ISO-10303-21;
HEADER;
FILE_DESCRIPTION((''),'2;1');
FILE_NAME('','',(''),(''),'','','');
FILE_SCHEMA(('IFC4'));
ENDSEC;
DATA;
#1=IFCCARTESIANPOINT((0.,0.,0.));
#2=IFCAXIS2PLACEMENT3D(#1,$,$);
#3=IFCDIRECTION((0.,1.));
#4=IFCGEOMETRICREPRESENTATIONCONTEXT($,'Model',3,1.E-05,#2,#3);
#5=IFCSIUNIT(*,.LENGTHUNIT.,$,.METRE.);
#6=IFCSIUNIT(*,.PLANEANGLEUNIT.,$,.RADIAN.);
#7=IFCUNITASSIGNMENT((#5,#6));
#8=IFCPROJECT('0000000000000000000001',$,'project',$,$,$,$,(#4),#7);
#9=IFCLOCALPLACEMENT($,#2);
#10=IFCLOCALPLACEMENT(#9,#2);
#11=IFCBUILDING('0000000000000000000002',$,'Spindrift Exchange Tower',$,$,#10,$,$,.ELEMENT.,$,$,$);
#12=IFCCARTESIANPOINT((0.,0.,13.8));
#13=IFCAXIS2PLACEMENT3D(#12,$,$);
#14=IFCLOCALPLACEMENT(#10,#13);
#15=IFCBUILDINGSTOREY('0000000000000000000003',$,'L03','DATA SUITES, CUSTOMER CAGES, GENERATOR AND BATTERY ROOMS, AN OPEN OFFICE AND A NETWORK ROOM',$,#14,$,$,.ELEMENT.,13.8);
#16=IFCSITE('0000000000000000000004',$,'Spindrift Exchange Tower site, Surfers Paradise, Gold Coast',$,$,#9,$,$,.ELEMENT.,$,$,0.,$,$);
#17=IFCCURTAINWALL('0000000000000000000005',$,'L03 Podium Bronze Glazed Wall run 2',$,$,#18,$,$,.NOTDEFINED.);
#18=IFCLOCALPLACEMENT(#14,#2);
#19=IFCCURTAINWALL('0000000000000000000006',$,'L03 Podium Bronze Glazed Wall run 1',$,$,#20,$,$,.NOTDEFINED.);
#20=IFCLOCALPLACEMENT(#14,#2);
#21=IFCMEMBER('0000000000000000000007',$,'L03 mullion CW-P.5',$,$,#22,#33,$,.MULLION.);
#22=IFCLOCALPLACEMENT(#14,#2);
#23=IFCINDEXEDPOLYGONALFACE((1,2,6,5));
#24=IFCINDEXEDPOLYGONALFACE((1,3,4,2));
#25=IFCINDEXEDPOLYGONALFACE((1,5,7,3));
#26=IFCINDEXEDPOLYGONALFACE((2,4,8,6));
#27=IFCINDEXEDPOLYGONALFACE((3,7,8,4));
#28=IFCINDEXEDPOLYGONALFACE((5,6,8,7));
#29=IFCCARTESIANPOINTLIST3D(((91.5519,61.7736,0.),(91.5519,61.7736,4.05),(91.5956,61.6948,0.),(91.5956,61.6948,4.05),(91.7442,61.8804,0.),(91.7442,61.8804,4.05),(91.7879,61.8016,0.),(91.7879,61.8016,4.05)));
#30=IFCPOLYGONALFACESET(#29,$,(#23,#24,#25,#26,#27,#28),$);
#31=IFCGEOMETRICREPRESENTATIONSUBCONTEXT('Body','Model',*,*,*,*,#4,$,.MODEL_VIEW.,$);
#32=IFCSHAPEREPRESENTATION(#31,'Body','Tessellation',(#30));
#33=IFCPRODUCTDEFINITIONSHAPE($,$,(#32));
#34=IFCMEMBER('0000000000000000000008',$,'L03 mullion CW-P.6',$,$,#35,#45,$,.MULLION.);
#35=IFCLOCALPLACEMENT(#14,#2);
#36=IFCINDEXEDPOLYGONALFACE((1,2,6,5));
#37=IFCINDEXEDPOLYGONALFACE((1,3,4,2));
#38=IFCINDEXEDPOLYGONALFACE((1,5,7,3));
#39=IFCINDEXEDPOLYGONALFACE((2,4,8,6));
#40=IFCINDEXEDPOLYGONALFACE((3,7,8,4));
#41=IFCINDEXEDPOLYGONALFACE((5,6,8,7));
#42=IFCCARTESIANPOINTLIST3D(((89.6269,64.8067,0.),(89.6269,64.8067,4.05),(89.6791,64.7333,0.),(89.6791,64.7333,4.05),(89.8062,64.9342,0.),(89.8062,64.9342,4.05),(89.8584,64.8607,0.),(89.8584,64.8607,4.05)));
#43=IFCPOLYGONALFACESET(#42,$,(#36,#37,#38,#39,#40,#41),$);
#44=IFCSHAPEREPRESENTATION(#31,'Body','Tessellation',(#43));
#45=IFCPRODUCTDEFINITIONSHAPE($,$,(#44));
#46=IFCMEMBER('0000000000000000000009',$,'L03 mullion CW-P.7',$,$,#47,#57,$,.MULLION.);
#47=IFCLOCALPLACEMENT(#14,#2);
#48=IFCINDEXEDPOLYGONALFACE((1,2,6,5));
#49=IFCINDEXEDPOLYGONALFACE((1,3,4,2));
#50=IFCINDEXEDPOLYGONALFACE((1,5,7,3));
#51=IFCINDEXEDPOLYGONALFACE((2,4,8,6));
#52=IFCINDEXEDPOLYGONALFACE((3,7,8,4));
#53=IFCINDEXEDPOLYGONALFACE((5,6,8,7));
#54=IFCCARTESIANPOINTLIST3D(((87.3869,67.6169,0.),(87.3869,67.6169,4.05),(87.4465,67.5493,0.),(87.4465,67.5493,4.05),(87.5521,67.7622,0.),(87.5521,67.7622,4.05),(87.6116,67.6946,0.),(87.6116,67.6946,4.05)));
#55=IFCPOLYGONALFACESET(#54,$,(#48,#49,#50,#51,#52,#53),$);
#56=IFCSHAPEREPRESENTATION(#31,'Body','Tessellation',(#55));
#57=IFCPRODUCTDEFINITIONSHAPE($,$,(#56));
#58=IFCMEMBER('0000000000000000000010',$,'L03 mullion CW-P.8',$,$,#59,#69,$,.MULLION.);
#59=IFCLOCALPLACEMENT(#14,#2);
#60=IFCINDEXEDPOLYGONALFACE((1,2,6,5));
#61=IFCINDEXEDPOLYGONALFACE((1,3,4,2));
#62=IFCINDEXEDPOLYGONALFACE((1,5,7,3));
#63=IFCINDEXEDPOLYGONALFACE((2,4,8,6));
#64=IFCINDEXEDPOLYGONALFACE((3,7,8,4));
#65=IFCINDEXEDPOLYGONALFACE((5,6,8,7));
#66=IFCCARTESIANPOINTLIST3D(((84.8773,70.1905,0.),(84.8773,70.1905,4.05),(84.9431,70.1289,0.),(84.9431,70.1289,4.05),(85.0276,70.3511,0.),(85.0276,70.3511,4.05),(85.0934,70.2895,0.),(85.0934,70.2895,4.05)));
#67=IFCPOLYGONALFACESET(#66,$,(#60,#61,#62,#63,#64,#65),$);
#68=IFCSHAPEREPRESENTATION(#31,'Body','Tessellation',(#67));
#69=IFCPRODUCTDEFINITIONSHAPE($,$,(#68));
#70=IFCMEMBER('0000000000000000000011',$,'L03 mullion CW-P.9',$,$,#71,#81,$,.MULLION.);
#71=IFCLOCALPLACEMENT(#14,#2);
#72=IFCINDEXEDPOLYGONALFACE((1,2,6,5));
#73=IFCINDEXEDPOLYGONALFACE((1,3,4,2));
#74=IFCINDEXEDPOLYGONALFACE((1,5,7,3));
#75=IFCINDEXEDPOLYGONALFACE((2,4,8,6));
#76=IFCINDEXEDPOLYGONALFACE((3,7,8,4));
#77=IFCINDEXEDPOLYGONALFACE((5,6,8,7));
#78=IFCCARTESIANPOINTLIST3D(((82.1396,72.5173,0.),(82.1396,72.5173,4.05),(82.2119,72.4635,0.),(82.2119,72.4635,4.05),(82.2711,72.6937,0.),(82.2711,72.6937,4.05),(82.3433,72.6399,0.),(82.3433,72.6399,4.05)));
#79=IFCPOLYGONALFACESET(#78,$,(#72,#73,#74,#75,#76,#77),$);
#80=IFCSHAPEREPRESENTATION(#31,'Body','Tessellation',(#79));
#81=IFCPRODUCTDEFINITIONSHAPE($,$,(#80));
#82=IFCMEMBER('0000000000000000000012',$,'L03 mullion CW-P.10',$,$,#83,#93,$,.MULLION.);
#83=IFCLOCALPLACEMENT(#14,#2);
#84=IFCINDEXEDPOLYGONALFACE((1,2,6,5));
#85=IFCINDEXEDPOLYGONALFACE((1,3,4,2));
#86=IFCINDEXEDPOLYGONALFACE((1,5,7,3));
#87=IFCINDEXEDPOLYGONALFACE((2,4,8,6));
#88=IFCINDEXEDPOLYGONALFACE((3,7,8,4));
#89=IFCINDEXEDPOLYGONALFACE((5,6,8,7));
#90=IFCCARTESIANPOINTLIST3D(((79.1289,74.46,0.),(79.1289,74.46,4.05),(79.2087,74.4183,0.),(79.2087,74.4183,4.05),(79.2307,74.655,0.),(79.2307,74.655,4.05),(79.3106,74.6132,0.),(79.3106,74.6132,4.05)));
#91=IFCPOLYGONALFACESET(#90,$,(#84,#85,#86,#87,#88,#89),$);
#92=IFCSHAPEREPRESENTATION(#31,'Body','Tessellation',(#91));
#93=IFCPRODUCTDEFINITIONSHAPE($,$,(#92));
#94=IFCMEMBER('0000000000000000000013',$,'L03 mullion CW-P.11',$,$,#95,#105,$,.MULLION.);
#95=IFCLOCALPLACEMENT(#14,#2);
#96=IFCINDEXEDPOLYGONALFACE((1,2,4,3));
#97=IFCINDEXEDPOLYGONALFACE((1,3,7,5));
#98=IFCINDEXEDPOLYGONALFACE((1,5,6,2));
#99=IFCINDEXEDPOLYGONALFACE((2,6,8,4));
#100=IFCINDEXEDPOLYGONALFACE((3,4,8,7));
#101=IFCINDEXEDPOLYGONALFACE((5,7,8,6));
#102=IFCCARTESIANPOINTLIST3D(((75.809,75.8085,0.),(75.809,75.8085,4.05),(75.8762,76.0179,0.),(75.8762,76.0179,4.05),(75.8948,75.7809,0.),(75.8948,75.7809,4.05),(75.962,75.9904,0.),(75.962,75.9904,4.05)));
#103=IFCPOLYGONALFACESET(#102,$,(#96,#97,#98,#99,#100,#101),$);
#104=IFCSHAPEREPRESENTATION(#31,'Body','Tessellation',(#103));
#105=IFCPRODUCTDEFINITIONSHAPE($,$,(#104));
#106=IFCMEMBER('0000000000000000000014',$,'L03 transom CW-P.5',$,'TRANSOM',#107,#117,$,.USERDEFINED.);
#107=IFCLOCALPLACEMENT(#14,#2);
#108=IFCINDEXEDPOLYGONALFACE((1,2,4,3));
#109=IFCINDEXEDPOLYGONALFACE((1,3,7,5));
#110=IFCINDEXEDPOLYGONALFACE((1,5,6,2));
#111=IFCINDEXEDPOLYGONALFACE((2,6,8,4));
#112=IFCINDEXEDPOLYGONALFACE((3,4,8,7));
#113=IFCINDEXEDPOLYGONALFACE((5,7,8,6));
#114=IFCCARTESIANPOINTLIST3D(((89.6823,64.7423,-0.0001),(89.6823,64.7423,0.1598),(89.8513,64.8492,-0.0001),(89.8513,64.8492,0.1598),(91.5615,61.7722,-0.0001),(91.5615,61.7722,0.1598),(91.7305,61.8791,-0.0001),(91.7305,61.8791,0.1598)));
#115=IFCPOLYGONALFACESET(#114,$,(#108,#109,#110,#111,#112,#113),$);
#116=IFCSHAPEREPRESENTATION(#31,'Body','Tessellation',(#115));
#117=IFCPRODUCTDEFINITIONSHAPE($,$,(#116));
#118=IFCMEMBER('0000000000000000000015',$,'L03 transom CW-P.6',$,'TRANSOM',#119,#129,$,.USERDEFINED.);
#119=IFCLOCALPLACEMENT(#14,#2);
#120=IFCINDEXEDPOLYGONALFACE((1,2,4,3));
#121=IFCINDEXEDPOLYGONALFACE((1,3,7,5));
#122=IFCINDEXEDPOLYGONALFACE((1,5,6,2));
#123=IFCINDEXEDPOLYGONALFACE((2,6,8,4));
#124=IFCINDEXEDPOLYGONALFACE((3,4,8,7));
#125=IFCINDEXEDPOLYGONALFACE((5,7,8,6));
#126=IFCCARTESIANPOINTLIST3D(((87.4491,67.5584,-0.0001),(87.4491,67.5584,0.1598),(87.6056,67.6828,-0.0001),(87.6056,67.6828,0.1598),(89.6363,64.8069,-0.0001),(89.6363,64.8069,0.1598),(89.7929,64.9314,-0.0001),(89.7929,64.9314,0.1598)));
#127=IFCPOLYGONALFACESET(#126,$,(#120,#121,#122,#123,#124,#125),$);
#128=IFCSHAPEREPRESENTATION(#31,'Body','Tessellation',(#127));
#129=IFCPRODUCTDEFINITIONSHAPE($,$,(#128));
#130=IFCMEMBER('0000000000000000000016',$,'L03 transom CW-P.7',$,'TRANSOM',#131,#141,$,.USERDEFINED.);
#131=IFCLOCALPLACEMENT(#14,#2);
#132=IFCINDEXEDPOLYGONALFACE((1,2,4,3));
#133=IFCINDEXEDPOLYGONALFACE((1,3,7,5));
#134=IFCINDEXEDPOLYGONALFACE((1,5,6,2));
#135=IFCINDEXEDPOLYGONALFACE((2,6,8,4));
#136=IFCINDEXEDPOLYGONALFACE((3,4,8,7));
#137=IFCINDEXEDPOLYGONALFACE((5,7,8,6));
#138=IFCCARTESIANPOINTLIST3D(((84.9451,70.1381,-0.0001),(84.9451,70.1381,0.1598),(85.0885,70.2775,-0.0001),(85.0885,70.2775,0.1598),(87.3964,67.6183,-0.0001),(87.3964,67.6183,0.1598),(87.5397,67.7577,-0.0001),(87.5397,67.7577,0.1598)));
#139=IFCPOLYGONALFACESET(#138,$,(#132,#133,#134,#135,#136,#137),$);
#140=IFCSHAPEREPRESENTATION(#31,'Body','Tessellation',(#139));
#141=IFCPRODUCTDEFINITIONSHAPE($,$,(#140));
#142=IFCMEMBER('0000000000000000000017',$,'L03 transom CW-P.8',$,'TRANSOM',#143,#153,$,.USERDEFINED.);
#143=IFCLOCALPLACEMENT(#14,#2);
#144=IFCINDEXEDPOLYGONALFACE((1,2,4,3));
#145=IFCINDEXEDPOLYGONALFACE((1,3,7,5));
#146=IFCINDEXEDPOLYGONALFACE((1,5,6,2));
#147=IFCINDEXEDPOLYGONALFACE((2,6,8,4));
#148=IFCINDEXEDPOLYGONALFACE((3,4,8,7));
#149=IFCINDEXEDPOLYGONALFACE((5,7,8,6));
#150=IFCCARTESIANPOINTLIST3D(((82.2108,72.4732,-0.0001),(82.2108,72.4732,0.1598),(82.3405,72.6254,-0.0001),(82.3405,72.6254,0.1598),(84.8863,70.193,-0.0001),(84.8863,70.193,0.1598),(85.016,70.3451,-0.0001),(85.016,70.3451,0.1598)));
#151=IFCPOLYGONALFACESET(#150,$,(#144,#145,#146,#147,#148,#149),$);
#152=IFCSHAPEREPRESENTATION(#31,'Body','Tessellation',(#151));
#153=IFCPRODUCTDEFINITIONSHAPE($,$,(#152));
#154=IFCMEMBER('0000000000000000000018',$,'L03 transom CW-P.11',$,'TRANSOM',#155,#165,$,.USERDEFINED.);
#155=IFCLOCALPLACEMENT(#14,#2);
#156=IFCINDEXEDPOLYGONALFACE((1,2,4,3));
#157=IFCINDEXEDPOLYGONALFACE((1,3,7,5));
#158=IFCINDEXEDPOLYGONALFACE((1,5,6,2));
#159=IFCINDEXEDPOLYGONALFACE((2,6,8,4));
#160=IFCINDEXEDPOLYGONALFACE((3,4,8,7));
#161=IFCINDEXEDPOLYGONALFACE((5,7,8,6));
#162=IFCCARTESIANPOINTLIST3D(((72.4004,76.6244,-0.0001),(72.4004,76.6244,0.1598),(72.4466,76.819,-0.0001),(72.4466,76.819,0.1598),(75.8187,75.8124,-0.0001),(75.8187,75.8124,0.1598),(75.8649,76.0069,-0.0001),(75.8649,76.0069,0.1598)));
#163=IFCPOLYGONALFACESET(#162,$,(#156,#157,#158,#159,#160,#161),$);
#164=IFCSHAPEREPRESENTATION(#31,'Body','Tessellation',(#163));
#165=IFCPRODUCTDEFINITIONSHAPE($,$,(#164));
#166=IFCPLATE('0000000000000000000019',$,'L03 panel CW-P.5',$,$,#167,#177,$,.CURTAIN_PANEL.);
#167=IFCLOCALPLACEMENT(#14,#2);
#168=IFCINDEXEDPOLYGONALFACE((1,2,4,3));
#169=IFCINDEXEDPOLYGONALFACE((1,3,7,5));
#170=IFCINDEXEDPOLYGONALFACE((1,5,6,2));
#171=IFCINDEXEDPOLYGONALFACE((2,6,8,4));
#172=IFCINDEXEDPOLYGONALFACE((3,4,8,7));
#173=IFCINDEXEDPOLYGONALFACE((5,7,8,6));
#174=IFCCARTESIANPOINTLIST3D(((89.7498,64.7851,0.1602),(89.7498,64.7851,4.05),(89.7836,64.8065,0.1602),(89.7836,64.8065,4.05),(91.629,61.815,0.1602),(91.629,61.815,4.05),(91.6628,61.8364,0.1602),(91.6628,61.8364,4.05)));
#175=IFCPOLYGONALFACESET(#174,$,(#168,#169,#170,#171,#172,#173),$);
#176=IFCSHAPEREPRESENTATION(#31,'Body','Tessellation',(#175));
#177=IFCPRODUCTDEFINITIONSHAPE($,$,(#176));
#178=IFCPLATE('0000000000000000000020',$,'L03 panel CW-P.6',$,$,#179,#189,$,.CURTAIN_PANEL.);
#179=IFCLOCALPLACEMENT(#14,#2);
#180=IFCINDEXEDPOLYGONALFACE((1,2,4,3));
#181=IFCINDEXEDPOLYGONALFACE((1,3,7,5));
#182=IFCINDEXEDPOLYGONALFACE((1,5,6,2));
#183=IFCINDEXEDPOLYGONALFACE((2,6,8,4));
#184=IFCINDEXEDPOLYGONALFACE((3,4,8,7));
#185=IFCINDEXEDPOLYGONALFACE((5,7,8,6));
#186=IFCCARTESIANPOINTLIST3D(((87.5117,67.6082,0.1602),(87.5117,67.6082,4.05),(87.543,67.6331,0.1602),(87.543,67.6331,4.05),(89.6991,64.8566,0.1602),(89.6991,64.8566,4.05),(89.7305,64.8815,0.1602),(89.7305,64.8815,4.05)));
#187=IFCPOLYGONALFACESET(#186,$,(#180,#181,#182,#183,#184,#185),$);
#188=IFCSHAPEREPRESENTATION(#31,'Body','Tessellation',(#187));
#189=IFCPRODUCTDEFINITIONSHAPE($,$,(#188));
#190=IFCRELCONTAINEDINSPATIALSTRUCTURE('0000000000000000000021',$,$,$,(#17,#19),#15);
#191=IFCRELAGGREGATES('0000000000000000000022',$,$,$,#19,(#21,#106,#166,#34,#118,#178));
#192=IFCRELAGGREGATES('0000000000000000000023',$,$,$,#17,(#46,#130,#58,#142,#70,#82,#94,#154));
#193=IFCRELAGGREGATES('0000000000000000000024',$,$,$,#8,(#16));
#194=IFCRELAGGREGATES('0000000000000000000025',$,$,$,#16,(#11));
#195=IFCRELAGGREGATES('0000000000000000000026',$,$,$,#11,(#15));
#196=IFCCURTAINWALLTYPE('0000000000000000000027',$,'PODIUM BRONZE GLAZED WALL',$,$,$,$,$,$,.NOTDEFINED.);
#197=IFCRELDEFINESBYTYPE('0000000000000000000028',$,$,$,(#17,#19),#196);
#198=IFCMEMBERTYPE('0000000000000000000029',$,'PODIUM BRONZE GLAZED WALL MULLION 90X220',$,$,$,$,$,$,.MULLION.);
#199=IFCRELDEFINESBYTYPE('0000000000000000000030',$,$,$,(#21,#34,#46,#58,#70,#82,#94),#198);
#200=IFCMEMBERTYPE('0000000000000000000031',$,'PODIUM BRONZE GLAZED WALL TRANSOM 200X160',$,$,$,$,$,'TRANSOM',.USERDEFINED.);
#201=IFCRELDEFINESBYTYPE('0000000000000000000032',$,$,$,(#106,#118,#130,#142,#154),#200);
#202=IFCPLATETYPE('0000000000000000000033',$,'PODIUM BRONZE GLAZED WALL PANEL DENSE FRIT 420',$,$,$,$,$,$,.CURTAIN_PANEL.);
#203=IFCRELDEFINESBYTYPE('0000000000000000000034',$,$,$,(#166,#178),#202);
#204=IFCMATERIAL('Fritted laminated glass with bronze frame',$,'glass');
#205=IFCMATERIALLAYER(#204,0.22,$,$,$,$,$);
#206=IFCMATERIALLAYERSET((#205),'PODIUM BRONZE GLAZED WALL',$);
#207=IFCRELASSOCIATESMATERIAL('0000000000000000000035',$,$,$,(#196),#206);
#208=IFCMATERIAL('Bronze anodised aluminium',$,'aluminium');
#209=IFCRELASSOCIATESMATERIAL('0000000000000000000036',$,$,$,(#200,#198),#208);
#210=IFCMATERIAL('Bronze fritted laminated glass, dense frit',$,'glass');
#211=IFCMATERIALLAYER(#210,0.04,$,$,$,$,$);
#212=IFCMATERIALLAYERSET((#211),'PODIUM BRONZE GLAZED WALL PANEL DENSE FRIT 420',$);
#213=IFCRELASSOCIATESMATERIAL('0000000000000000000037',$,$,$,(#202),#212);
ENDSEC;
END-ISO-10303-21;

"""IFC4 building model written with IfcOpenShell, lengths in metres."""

from ifc_helpers import new_model, si_unit, direction, frame, origin, origin_2d, place, context, subcontext, project, spatial, rectangle, extrude, source, transform, mapped, material, layer, layer_set, material_profile, profile_set, type_object, element, aggregate, save


model = new_model("IFC4")

# Units and contexts
model_context = context("Model", 3, precision=1e-05, world=origin(), true_north=direction((0.0, 1.0)))
body_context = subcontext(model_context, "Body", "Model", "MODEL_VIEW")
ifc_project = project(units=[si_unit("LENGTHUNIT", "METRE"), si_unit("PLANEANGLEUNIT", "RADIAN")], contexts=[model_context])

# Site, building, storey
site_placement = place(None, origin())
site = spatial("IfcSite", under=ifc_project, at=site_placement, Name="Spindrift Exchange Tower site, Surfers Paradise, Gold Coast", CompositionType="ELEMENT", RefElevation=0.0)
building_placement = place(site_placement, origin())
building = spatial("IfcBuilding", under=site, at=building_placement, Name="Spindrift Exchange Tower", CompositionType="ELEMENT")
storey_placement = place(building_placement, frame((0.0, 0.0, 13.8)))
storey = spatial("IfcBuildingStorey", under=building, at=storey_placement, Name="L03", Description="DATA SUITES, CUSTOMER CAGES, GENERATOR AND BATTERY ROOMS, AN OPEN OFFICE AND A NETWORK ROOM", CompositionType="ELEMENT", Elevation=13.8)

# Curtain walls, members
ifc_material_1 = material(Name="Fritted laminated glass with bronze frame", Category="glass")
ifc_layer_1 = layer(ifc_material_1, 0.22)
ifc_layer_set_1 = layer_set([ifc_layer_1], Name="PODIUM BRONZE GLAZED WALL")
curtain_wall_type = type_object("IfcCurtainWallType", Name="PODIUM BRONZE GLAZED WALL", PredefinedType="NOTDEFINED", material=ifc_layer_set_1)
curtain_wall_1_placement = place(storey_placement, origin())
curtain_wall_1 = element("IfcCurtainWall", 1, at=curtain_wall_1_placement, inside=storey, type_object=curtain_wall_type, Name="L03 Podium Bronze Glazed Wall run 2", PredefinedType="NOTDEFINED")
ifc_material_2 = material(Name="Bronze anodised aluminium", Category="aluminium")
ifc_material_profile_1 = material_profile(ifc_material_2, rectangle(XDim=0.2, YDim=0.1599, at=origin_2d()), Name="PODIUM BRONZE GLAZED WALL TRANSOM 200X160")
ifc_profile_set_1 = profile_set([ifc_material_profile_1], Name="Bronze anodised aluminium")
member_type_1 = type_object("IfcMemberType", Name="PODIUM BRONZE GLAZED WALL TRANSOM 200X160", ElementType="TRANSOM", PredefinedType="USERDEFINED", material=ifc_profile_set_1)
curtain_wall_2_placement = place(storey_placement, origin())
curtain_wall_2 = element("IfcCurtainWall", 2, at=curtain_wall_2_placement, inside=storey, type_object=curtain_wall_type, Name="L03 Podium Bronze Glazed Wall run 1", PredefinedType="NOTDEFINED")
ifc_material_profile_2 = material_profile(ifc_material_2, rectangle(XDim=0.0901, YDim=0.22, at=origin_2d()), Name="PODIUM BRONZE GLAZED WALL MULLION 90X220")
ifc_profile_set_2 = profile_set([ifc_material_profile_2], Name="Bronze anodised aluminium")
member_type_2 = type_object("IfcMemberType", Name="PODIUM BRONZE GLAZED WALL MULLION 90X220", PredefinedType="MULLION", material=ifc_profile_set_2)
shared_shape_1 = source(origin(), body_context, "Body", "SweptSolid", [
    extrude(rectangle(XDim=0.0901, YDim=0.22, at=origin_2d()), origin(), (0.0, 0.0, 1.0), 4.05),
])
member_1_placement = place(storey_placement, frame((91.6699, 61.7876, 0.0), z_axis=(0.0, 0.0, 1.0), x_axis=(-0.485263, 0.874368, 0.0)))
member_1 = element("IfcMember", 3, at=member_1_placement, type_object=member_type_2, Name="L03 mullion CW-P.5", PredefinedType="MULLION", context=body_context, shape_type="MappedRepresentation", body=[
    mapped(shared_shape_1, transform((0.0, 0.0, 0.0), scale=1.0)),
])
member_2_placement = place(storey_placement, frame((89.7427, 64.8337, 0.0), z_axis=(0.0, 0.0, 1.0), x_axis=(-0.579315, 0.815104, 0.0)))
member_2 = element("IfcMember", 4, at=member_2_placement, type_object=member_type_2, Name="L03 mullion CW-P.6", PredefinedType="MULLION", context=body_context, shape_type="MappedRepresentation", body=[
    mapped(shared_shape_1, transform((0.0, 0.0, 0.0), scale=1.0)),
])

# Members
member_3_placement = place(storey_placement, frame((87.4993, 67.6558, 0.0), z_axis=(0.0, 0.0, 1.0), x_axis=(-0.660622, 0.750719, 0.0)))
member_3 = element("IfcMember", 5, at=member_3_placement, type_object=member_type_2, Name="L03 mullion CW-P.7", PredefinedType="MULLION", context=body_context, shape_type="MappedRepresentation", body=[
    mapped(shared_shape_1, transform((0.0, 0.0, 0.0), scale=1.0)),
])
member_4_placement = place(storey_placement, frame((84.9854, 70.24, 0.0), z_axis=(0.0, 0.0, 1.0), x_axis=(-0.729992, 0.683456, 0.0)))
member_4 = element("IfcMember", 6, at=member_4_placement, type_object=member_type_2, Name="L03 mullion CW-P.8", PredefinedType="MULLION", context=body_context, shape_type="MappedRepresentation", body=[
    mapped(shared_shape_1, transform((0.0, 0.0, 0.0), scale=1.0)),
])
member_5_placement = place(storey_placement, frame((82.2415, 72.5786, 0.0), z_axis=(0.0, 0.0, 1.0), x_axis=(-0.801869, 0.597499, 0.0)))
member_5 = element("IfcMember", 7, at=member_5_placement, type_object=member_type_2, Name="L03 mullion CW-P.9", PredefinedType="MULLION", context=body_context, shape_type="MappedRepresentation", body=[
    mapped(shared_shape_1, transform((0.0, 0.0, 0.0), scale=1.0)),
])
member_6_placement = place(storey_placement, frame((79.2197, 74.5366, 0.0), z_axis=(0.0, 0.0, 1.0), x_axis=(-0.886307, 0.463099, 0.0)))
member_6 = element("IfcMember", 8, at=member_6_placement, type_object=member_type_2, Name="L03 mullion CW-P.10", PredefinedType="MULLION", context=body_context, shape_type="MappedRepresentation", body=[
    mapped(shared_shape_1, transform((0.0, 0.0, 0.0), scale=1.0)),
])
member_7_placement = place(storey_placement, frame((75.8855, 75.8994, 0.0), z_axis=(0.0, 0.0, 1.0), x_axis=(-0.952148, 0.305638, 0.0)))
member_7 = element("IfcMember", 9, at=member_7_placement, type_object=member_type_2, Name="L03 mullion CW-P.11", PredefinedType="MULLION", context=body_context, shape_type="MappedRepresentation", body=[
    mapped(shared_shape_1, transform((0.0, 0.0, 0.0), scale=1.0)),
])
shared_shape_2 = source(origin(), body_context, "Body", "SweptSolid", [
    extrude(rectangle(XDim=0.2, YDim=0.1599, at=origin_2d()), origin(), (0.0, 0.0, 1.0), 3.5146),
])
member_8_placement = place(storey_placement, frame((91.646, 61.8257, 0.0798), z_axis=(-0.53468, 0.845054, 0.0), x_axis=(-0.845054, -0.53468, 0.0)))
member_8 = element("IfcMember", 10, at=member_8_placement, type_object=member_type_1, Name="L03 transom CW-P.5", ObjectType="TRANSOM", PredefinedType="USERDEFINED", context=body_context, shape_type="MappedRepresentation", body=[
    mapped(shared_shape_2, transform((0.0, 0.0, 0.0), scale=1.0)),
])
shared_shape_3 = source(origin(), body_context, "Body", "SweptSolid", [
    extrude(rectangle(XDim=0.2, YDim=0.1599, at=origin_2d()), origin(), (0.0, 0.0, 1.0), 3.5149),
])
member_9_placement = place(storey_placement, frame((89.7146, 64.8691, 0.0798), z_axis=(-0.622278, 0.782796, 0.0), x_axis=(-0.782796, -0.622278, 0.0)))
member_9 = element("IfcMember", 11, at=member_9_placement, type_object=member_type_1, Name="L03 transom CW-P.6", ObjectType="TRANSOM", PredefinedType="USERDEFINED", context=body_context, shape_type="MappedRepresentation", body=[
    mapped(shared_shape_3, transform((0.0, 0.0, 0.0), scale=1.0)),
])
shared_shape_4 = source(origin(), body_context, "Body", "SweptSolid", [
    extrude(rectangle(XDim=0.2, YDim=0.1599, at=origin_2d()), origin(), (0.0, 0.0, 1.0), 3.5154),
])
member_10_placement = place(storey_placement, frame((87.468, 67.688, 0.0798), z_axis=(-0.697282, 0.716797, 0.0), x_axis=(-0.716797, -0.697282, 0.0)))
member_10 = element("IfcMember", 12, at=member_10_placement, type_object=member_type_1, Name="L03 transom CW-P.7", ObjectType="TRANSOM", PredefinedType="USERDEFINED", context=body_context, shape_type="MappedRepresentation", body=[
    mapped(shared_shape_4, transform((0.0, 0.0, 0.0), scale=1.0)),
])
member_11_placement = place(storey_placement, frame((84.9512, 70.269, 0.0798), z_axis=(-0.761087, 0.64865, 0.0), x_axis=(-0.64865, -0.761087, 0.0)))
member_11 = element("IfcMember", 13, at=member_11_placement, type_object=member_type_1, Name="L03 transom CW-P.8", ObjectType="TRANSOM", PredefinedType="USERDEFINED", context=body_context, shape_type="MappedRepresentation", body=[
    mapped(shared_shape_4, transform((0.0, 0.0, 0.0), scale=1.0)),
])
shared_shape_5 = source(origin(), body_context, "Body", "SweptSolid", [
    extrude(rectangle(XDim=0.2, YDim=0.1599, at=origin_2d()), origin(), (0.0, 0.0, 1.0), 3.5134),
])
member_12_placement = place(storey_placement, frame((75.8418, 75.9097, 0.0798), z_axis=(-0.972925, 0.231123, 0.0), x_axis=(-0.231123, -0.972925, 0.0)))
member_12 = element("IfcMember", 14, at=member_12_placement, type_object=member_type_1, Name="L03 transom CW-P.11", ObjectType="TRANSOM", PredefinedType="USERDEFINED", context=body_context, shape_type="MappedRepresentation", body=[
    mapped(shared_shape_5, transform((0.0, 0.0, 0.0), scale=1.0)),
])

# Plates
ifc_material_3 = material(Name="Bronze fritted laminated glass, dense frit", Category="glass")
ifc_layer_2 = layer(ifc_material_3, 0.04)
ifc_layer_set_2 = layer_set([ifc_layer_2], Name="PODIUM BRONZE GLAZED WALL PANEL DENSE FRIT 420")
plate_type_1 = type_object("IfcPlateType", Name="PODIUM BRONZE GLAZED WALL PANEL DENSE FRIT 420", PredefinedType="CURTAIN_PANEL", material=ifc_layer_set_2)
shared_shape_6 = source(origin(), body_context, "Body", "SweptSolid", [
    extrude(rectangle(XDim=3.5146, YDim=0.04, at=origin_2d()), origin(), (0.0, 0.0, 1.0), 3.8899),
])
plate_1_placement = place(storey_placement, frame((90.7063, 63.3108, 0.1602), z_axis=(0.0, 0.0, 1.0), x_axis=(-0.534664, 0.845065, 0.0)))
plate_1 = element("IfcPlate", 15, at=plate_1_placement, type_object=plate_type_1, Name="L03 panel CW-P.5", PredefinedType="CURTAIN_PANEL", context=body_context, shape_type="MappedRepresentation", body=[
    mapped(shared_shape_6, transform((0.0, 0.0, 0.0), scale=1.0)),
])
shared_shape_7 = source(origin(), body_context, "Body", "SweptSolid", [
    extrude(rectangle(XDim=3.5151, YDim=0.04, at=origin_2d()), origin(), (0.0, 0.0, 1.0), 3.8899),
])
plate_2_placement = place(storey_placement, frame((88.6211, 66.2449, 0.1602), z_axis=(0.0, 0.0, 1.0), x_axis=(-0.622291, 0.782786, 0.0)))
plate_2 = element("IfcPlate", 16, at=plate_2_placement, type_object=plate_type_1, Name="L03 panel CW-P.6", PredefinedType="CURTAIN_PANEL", context=body_context, shape_type="MappedRepresentation", body=[
    mapped(shared_shape_7, transform((0.0, 0.0, 0.0), scale=1.0)),
])
aggregate(curtain_wall_2, [member_1, member_8, plate_1, member_2, member_9, plate_2])
aggregate(curtain_wall_1, [member_3, member_10, member_4, member_11, member_5, member_6, member_7, member_12])

save(model, "model.ifc")
